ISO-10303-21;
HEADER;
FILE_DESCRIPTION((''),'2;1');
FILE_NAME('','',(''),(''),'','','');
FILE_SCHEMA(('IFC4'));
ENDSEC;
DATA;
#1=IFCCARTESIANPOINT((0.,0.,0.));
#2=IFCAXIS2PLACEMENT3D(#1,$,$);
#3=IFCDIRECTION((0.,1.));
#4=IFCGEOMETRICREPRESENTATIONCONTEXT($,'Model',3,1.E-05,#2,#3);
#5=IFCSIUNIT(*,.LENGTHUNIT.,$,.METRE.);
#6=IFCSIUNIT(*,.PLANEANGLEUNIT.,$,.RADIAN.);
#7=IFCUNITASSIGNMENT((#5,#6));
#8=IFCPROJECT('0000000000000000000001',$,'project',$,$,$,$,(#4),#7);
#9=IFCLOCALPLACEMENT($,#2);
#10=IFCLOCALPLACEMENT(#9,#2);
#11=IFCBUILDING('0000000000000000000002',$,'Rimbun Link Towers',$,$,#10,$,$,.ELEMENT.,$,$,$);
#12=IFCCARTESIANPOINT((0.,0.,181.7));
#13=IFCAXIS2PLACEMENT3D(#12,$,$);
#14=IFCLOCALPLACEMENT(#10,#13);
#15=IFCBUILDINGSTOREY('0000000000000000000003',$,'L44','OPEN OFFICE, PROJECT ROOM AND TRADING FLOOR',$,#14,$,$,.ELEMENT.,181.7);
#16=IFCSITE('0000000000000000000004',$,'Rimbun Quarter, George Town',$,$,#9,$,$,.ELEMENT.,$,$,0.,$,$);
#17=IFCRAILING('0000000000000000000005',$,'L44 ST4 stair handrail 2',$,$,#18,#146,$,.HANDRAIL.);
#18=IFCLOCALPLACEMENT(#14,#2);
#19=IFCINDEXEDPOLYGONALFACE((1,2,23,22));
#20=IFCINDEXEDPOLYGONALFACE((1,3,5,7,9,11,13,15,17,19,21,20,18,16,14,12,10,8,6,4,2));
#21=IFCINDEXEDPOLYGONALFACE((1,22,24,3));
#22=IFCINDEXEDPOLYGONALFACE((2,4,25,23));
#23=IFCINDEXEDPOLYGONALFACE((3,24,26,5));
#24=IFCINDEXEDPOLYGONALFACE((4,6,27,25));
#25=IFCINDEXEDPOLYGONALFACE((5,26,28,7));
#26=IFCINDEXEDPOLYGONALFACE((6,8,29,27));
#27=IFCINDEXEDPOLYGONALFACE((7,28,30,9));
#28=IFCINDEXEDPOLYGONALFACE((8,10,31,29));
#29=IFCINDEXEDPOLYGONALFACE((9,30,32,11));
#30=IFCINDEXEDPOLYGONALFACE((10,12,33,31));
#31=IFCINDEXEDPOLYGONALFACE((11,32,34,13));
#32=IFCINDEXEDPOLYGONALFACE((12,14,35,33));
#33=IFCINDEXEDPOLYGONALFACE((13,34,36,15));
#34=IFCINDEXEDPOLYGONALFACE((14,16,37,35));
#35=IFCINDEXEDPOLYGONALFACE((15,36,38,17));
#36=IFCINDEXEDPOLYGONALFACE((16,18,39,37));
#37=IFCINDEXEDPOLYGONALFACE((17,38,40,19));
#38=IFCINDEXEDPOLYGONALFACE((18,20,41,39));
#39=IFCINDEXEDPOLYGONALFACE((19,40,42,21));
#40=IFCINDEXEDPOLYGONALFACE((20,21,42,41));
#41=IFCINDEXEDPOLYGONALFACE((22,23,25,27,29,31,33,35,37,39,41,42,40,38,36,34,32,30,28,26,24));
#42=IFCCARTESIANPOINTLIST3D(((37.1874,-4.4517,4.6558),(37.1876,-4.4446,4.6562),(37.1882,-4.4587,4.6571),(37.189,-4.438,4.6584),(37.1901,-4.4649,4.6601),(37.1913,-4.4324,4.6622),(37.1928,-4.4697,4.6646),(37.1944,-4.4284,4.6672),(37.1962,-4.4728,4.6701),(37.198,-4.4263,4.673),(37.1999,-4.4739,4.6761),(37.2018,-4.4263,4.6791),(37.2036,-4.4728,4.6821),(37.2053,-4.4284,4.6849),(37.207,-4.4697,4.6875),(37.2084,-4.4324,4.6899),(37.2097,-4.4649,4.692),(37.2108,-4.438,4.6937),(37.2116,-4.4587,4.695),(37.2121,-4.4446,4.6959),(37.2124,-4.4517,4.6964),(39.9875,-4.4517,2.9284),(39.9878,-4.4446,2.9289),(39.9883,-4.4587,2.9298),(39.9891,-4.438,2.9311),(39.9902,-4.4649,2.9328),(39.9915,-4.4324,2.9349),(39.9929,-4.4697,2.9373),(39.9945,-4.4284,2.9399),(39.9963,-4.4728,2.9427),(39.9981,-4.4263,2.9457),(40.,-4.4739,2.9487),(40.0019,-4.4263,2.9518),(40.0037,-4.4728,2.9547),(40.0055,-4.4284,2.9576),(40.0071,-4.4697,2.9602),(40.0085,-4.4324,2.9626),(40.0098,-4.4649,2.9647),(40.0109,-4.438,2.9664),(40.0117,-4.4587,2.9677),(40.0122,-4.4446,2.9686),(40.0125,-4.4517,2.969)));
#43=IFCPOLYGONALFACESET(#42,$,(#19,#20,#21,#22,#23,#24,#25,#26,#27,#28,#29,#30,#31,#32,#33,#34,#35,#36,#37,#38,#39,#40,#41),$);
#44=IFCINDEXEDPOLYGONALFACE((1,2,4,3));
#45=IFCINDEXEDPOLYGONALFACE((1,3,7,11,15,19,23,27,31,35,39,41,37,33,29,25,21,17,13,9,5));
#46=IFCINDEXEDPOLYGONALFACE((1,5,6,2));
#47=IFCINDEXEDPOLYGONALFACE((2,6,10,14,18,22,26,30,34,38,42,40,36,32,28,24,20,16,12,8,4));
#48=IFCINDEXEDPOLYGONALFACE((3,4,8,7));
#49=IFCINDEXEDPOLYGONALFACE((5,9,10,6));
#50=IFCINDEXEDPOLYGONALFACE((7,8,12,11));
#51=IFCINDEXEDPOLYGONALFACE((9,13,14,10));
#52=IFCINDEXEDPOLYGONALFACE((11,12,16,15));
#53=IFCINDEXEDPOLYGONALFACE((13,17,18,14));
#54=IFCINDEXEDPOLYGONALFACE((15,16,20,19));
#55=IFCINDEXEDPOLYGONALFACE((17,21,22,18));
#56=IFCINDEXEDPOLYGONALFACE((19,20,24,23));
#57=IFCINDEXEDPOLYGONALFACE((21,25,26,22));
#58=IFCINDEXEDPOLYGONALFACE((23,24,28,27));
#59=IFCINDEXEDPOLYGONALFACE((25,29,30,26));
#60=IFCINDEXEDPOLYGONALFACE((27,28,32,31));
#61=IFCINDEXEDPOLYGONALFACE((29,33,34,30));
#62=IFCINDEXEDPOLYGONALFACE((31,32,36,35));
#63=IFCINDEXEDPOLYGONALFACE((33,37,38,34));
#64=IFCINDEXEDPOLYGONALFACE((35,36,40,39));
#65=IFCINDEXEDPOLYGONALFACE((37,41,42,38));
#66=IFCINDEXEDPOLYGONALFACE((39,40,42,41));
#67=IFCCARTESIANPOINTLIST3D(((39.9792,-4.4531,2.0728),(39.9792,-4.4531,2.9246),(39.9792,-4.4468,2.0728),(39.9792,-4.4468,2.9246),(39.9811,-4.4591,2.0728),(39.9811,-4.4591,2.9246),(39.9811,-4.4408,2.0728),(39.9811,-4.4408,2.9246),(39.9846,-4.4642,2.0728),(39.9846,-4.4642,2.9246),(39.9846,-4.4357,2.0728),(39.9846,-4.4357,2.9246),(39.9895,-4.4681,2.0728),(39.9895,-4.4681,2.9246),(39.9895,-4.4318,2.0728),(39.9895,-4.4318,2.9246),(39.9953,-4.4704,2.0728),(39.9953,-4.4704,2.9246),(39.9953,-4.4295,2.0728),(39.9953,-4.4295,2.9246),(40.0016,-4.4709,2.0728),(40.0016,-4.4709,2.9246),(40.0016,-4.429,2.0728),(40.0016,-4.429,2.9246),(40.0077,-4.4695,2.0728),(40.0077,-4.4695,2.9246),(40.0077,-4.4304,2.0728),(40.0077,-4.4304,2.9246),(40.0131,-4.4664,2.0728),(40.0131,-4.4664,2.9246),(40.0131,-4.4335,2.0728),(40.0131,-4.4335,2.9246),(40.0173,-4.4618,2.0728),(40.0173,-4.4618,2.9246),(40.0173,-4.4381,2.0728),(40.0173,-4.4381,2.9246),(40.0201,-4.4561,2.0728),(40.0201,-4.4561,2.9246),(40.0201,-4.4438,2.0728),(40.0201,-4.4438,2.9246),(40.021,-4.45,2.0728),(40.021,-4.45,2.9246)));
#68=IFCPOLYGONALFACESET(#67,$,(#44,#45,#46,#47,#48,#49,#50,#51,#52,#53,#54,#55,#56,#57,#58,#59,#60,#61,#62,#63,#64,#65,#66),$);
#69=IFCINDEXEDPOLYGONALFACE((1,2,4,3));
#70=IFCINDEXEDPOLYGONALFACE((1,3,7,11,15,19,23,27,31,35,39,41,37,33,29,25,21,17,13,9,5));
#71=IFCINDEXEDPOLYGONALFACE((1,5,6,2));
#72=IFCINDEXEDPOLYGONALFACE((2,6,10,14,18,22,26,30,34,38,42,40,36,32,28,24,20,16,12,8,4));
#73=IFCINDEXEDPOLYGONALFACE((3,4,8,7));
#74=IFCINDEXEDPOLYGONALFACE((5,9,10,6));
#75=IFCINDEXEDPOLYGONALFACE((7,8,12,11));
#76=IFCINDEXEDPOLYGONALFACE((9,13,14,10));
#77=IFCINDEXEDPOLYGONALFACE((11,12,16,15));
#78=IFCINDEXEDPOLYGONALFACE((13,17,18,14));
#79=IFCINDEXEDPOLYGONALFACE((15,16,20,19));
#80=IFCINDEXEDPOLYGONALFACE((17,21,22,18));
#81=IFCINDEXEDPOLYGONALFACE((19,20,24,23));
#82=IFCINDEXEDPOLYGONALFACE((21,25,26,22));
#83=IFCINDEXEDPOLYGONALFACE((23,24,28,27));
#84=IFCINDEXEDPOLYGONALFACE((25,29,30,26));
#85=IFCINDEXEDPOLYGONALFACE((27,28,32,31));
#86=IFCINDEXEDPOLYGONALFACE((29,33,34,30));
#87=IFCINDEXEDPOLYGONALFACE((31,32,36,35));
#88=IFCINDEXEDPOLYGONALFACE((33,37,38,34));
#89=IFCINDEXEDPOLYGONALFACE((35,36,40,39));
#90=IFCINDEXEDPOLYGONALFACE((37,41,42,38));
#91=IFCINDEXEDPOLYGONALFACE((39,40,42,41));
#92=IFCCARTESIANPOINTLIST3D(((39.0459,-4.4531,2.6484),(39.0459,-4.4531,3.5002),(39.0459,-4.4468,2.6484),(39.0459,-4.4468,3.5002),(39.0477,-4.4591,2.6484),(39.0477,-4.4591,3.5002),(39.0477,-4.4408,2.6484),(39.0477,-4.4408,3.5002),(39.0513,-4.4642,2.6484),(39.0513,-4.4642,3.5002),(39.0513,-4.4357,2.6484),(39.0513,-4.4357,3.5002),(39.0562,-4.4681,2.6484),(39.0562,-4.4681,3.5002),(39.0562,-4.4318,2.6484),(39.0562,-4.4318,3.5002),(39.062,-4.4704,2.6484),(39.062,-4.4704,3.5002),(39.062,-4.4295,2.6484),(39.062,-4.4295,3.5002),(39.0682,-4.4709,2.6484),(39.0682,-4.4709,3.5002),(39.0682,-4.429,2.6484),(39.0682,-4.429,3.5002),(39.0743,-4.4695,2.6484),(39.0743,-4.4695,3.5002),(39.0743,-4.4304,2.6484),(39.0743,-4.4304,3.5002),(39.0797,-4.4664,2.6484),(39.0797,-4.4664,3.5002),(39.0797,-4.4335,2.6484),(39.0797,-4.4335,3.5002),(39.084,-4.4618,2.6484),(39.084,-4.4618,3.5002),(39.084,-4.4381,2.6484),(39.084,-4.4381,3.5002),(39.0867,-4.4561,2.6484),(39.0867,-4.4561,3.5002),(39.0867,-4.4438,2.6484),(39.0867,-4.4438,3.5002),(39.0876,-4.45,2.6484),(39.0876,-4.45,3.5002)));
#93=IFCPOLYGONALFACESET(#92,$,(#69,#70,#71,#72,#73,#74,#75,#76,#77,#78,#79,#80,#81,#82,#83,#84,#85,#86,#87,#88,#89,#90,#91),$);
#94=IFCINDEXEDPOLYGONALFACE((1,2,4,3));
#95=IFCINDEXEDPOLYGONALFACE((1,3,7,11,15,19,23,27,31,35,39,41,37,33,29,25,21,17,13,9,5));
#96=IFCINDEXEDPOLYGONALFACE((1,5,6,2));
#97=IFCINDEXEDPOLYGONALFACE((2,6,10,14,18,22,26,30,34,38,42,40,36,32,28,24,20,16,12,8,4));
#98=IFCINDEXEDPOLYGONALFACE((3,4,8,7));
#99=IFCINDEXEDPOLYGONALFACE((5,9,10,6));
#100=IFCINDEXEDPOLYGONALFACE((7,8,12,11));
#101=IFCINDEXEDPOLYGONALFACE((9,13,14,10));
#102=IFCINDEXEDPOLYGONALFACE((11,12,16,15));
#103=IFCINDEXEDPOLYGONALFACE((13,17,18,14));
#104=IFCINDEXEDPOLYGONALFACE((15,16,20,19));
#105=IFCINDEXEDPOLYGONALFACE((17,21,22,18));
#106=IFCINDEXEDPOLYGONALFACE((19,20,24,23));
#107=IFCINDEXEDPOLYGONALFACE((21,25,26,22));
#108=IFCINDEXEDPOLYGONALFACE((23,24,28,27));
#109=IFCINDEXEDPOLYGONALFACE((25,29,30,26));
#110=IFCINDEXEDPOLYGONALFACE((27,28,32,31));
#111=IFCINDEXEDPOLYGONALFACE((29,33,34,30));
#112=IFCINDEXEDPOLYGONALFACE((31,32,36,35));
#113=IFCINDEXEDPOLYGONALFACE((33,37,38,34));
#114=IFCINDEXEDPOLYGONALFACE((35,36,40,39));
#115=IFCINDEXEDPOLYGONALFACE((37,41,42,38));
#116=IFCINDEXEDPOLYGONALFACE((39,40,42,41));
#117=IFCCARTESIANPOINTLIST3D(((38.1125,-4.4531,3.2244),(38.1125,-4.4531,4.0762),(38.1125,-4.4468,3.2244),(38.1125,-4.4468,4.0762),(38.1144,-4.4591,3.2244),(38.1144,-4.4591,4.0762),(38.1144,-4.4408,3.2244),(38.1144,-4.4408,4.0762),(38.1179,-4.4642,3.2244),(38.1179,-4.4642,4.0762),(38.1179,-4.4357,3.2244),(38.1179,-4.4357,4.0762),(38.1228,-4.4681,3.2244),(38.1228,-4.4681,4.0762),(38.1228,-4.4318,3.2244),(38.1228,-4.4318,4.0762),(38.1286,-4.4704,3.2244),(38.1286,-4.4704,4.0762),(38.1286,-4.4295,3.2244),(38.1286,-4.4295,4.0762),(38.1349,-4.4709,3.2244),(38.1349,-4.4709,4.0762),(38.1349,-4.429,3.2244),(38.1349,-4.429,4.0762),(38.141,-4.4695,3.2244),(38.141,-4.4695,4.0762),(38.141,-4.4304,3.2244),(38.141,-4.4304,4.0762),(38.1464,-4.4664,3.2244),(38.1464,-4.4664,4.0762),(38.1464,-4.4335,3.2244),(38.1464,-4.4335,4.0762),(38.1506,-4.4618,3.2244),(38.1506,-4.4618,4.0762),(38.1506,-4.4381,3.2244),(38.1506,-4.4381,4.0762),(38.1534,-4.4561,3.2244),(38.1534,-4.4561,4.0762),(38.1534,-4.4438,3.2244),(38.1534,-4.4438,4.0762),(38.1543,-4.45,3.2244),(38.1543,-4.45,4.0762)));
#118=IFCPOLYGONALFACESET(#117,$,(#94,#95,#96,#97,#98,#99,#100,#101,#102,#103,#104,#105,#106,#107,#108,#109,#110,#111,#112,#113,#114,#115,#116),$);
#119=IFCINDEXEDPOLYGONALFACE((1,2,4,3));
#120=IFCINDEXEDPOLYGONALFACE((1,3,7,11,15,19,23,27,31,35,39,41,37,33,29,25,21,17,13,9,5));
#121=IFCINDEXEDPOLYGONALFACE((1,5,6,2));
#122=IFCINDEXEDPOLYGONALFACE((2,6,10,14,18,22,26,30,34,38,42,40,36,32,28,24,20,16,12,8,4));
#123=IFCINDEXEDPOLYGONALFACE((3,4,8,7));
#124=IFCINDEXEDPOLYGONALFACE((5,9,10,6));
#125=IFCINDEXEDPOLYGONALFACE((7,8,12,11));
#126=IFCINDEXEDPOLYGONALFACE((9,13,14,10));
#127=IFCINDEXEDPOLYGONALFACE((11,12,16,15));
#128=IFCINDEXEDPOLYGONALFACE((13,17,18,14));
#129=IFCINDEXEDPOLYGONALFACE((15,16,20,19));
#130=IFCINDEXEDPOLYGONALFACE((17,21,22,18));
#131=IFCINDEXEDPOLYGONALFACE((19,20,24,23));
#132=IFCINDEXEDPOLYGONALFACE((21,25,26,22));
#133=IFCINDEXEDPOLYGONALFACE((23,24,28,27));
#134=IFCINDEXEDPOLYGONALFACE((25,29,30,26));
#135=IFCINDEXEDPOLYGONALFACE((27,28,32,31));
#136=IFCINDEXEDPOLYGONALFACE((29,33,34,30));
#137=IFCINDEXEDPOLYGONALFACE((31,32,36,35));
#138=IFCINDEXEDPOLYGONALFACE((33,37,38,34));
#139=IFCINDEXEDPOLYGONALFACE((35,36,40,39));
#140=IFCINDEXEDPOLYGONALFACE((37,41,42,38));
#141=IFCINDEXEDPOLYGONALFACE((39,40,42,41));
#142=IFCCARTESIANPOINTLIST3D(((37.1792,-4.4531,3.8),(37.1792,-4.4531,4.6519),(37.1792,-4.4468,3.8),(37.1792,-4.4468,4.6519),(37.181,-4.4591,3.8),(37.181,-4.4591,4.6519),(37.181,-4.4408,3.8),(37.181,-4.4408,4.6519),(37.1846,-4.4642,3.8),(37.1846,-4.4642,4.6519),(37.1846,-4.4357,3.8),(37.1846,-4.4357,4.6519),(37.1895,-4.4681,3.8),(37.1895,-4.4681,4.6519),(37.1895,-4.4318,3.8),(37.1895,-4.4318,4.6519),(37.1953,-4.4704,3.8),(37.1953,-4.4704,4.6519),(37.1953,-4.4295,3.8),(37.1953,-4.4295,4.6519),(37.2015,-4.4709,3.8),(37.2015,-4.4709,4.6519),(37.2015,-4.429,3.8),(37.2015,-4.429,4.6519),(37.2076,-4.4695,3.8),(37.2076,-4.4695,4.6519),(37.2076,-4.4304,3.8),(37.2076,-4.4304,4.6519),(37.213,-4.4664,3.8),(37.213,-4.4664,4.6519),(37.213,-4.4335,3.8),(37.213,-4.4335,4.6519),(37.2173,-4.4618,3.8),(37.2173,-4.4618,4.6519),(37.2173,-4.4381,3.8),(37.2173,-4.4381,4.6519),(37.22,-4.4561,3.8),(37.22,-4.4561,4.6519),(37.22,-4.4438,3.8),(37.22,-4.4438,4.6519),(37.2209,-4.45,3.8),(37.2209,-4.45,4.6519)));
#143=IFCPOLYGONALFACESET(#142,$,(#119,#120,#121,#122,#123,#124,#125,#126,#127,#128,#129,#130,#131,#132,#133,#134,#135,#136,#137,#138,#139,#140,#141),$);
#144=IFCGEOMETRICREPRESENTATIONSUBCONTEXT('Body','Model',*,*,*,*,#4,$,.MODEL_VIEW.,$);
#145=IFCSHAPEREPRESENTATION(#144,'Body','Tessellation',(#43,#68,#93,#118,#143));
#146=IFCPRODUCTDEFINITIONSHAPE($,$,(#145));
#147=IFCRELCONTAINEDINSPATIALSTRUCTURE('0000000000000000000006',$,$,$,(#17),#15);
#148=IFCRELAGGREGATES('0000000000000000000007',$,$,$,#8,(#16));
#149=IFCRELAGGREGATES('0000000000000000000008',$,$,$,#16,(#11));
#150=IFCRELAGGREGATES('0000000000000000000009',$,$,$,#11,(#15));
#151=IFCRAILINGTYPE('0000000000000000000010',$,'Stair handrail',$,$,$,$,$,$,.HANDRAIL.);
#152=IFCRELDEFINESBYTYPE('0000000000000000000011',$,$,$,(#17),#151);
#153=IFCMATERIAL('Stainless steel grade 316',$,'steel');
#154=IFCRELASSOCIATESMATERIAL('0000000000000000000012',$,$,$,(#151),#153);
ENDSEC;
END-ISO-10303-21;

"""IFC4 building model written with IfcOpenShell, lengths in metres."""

from ifc_helpers import new_model, si_unit, direction, frame, origin, origin_2d, place, context, subcontext, project, spatial, circle, extrude, material, type_object, element, save


model = new_model("IFC4")

# Units and contexts
model_context = context("Model", 3, precision=1e-05, world=origin(), true_north=direction((0.0, 1.0)))
body_context = subcontext(model_context, "Body", "Model", "MODEL_VIEW")
ifc_project = project(units=[si_unit("LENGTHUNIT", "METRE"), si_unit("PLANEANGLEUNIT", "RADIAN")], contexts=[model_context])

# Site, building, storey
site_placement = place(None, origin())
site = spatial("IfcSite", under=ifc_project, at=site_placement, Name="Rimbun Quarter, George Town", CompositionType="ELEMENT", RefElevation=0.0)
building_placement = place(site_placement, origin())
building = spatial("IfcBuilding", under=site, at=building_placement, Name="Rimbun Link Towers", CompositionType="ELEMENT")
storey_placement = place(building_placement, frame((0.0, 0.0, 181.7)))
storey = spatial("IfcBuildingStorey", under=building, at=storey_placement, Name="L44", Description="OPEN OFFICE, PROJECT ROOM AND TRADING FLOOR", CompositionType="ELEMENT", Elevation=181.7)

# Railing
ifc_material_1 = material(Name="Stainless steel grade 316", Category="steel")
railing_type_1 = type_object("IfcRailingType", Name="Stair handrail", PredefinedType="HANDRAIL", material=ifc_material_1)
railing_1_placement = place(storey_placement, frame((40.0, -4.45, 2.0728)))
element("IfcRailing", 1, at=railing_1_placement, inside=storey, type_object=railing_type_1, Name="L44 ST4 stair handrail 2", PredefinedType="HANDRAIL", context=body_context, shape_type="SweptSolid", body=[
    extrude(circle(Radius=0.0239, at=origin_2d()), frame((0.0, 0.0, 0.876), z_axis=(-0.85109, 0.0, 0.52502), x_axis=(0.0, -1.0, 0.0)), (0.0, 0.0, 1.0), 3.29),
    extrude(circle(Radius=0.021, at=origin_2d()), origin(), (0.0, 0.0, 1.0), 0.8518),
    extrude(circle(Radius=0.021, at=origin_2d()), frame((-0.9333, 0.0, 0.5757)), (0.0, 0.0, 1.0), 0.8518),
    extrude(circle(Radius=0.021, at=origin_2d()), frame((-1.8667, 0.0, 1.1516)), (0.0, 0.0, 1.0), 0.8518),
    extrude(circle(Radius=0.021, at=origin_2d()), frame((-2.8, 0.0, 1.7273)), (0.0, 0.0, 1.0), 0.8518),
])

save(model, "model.ifc")
